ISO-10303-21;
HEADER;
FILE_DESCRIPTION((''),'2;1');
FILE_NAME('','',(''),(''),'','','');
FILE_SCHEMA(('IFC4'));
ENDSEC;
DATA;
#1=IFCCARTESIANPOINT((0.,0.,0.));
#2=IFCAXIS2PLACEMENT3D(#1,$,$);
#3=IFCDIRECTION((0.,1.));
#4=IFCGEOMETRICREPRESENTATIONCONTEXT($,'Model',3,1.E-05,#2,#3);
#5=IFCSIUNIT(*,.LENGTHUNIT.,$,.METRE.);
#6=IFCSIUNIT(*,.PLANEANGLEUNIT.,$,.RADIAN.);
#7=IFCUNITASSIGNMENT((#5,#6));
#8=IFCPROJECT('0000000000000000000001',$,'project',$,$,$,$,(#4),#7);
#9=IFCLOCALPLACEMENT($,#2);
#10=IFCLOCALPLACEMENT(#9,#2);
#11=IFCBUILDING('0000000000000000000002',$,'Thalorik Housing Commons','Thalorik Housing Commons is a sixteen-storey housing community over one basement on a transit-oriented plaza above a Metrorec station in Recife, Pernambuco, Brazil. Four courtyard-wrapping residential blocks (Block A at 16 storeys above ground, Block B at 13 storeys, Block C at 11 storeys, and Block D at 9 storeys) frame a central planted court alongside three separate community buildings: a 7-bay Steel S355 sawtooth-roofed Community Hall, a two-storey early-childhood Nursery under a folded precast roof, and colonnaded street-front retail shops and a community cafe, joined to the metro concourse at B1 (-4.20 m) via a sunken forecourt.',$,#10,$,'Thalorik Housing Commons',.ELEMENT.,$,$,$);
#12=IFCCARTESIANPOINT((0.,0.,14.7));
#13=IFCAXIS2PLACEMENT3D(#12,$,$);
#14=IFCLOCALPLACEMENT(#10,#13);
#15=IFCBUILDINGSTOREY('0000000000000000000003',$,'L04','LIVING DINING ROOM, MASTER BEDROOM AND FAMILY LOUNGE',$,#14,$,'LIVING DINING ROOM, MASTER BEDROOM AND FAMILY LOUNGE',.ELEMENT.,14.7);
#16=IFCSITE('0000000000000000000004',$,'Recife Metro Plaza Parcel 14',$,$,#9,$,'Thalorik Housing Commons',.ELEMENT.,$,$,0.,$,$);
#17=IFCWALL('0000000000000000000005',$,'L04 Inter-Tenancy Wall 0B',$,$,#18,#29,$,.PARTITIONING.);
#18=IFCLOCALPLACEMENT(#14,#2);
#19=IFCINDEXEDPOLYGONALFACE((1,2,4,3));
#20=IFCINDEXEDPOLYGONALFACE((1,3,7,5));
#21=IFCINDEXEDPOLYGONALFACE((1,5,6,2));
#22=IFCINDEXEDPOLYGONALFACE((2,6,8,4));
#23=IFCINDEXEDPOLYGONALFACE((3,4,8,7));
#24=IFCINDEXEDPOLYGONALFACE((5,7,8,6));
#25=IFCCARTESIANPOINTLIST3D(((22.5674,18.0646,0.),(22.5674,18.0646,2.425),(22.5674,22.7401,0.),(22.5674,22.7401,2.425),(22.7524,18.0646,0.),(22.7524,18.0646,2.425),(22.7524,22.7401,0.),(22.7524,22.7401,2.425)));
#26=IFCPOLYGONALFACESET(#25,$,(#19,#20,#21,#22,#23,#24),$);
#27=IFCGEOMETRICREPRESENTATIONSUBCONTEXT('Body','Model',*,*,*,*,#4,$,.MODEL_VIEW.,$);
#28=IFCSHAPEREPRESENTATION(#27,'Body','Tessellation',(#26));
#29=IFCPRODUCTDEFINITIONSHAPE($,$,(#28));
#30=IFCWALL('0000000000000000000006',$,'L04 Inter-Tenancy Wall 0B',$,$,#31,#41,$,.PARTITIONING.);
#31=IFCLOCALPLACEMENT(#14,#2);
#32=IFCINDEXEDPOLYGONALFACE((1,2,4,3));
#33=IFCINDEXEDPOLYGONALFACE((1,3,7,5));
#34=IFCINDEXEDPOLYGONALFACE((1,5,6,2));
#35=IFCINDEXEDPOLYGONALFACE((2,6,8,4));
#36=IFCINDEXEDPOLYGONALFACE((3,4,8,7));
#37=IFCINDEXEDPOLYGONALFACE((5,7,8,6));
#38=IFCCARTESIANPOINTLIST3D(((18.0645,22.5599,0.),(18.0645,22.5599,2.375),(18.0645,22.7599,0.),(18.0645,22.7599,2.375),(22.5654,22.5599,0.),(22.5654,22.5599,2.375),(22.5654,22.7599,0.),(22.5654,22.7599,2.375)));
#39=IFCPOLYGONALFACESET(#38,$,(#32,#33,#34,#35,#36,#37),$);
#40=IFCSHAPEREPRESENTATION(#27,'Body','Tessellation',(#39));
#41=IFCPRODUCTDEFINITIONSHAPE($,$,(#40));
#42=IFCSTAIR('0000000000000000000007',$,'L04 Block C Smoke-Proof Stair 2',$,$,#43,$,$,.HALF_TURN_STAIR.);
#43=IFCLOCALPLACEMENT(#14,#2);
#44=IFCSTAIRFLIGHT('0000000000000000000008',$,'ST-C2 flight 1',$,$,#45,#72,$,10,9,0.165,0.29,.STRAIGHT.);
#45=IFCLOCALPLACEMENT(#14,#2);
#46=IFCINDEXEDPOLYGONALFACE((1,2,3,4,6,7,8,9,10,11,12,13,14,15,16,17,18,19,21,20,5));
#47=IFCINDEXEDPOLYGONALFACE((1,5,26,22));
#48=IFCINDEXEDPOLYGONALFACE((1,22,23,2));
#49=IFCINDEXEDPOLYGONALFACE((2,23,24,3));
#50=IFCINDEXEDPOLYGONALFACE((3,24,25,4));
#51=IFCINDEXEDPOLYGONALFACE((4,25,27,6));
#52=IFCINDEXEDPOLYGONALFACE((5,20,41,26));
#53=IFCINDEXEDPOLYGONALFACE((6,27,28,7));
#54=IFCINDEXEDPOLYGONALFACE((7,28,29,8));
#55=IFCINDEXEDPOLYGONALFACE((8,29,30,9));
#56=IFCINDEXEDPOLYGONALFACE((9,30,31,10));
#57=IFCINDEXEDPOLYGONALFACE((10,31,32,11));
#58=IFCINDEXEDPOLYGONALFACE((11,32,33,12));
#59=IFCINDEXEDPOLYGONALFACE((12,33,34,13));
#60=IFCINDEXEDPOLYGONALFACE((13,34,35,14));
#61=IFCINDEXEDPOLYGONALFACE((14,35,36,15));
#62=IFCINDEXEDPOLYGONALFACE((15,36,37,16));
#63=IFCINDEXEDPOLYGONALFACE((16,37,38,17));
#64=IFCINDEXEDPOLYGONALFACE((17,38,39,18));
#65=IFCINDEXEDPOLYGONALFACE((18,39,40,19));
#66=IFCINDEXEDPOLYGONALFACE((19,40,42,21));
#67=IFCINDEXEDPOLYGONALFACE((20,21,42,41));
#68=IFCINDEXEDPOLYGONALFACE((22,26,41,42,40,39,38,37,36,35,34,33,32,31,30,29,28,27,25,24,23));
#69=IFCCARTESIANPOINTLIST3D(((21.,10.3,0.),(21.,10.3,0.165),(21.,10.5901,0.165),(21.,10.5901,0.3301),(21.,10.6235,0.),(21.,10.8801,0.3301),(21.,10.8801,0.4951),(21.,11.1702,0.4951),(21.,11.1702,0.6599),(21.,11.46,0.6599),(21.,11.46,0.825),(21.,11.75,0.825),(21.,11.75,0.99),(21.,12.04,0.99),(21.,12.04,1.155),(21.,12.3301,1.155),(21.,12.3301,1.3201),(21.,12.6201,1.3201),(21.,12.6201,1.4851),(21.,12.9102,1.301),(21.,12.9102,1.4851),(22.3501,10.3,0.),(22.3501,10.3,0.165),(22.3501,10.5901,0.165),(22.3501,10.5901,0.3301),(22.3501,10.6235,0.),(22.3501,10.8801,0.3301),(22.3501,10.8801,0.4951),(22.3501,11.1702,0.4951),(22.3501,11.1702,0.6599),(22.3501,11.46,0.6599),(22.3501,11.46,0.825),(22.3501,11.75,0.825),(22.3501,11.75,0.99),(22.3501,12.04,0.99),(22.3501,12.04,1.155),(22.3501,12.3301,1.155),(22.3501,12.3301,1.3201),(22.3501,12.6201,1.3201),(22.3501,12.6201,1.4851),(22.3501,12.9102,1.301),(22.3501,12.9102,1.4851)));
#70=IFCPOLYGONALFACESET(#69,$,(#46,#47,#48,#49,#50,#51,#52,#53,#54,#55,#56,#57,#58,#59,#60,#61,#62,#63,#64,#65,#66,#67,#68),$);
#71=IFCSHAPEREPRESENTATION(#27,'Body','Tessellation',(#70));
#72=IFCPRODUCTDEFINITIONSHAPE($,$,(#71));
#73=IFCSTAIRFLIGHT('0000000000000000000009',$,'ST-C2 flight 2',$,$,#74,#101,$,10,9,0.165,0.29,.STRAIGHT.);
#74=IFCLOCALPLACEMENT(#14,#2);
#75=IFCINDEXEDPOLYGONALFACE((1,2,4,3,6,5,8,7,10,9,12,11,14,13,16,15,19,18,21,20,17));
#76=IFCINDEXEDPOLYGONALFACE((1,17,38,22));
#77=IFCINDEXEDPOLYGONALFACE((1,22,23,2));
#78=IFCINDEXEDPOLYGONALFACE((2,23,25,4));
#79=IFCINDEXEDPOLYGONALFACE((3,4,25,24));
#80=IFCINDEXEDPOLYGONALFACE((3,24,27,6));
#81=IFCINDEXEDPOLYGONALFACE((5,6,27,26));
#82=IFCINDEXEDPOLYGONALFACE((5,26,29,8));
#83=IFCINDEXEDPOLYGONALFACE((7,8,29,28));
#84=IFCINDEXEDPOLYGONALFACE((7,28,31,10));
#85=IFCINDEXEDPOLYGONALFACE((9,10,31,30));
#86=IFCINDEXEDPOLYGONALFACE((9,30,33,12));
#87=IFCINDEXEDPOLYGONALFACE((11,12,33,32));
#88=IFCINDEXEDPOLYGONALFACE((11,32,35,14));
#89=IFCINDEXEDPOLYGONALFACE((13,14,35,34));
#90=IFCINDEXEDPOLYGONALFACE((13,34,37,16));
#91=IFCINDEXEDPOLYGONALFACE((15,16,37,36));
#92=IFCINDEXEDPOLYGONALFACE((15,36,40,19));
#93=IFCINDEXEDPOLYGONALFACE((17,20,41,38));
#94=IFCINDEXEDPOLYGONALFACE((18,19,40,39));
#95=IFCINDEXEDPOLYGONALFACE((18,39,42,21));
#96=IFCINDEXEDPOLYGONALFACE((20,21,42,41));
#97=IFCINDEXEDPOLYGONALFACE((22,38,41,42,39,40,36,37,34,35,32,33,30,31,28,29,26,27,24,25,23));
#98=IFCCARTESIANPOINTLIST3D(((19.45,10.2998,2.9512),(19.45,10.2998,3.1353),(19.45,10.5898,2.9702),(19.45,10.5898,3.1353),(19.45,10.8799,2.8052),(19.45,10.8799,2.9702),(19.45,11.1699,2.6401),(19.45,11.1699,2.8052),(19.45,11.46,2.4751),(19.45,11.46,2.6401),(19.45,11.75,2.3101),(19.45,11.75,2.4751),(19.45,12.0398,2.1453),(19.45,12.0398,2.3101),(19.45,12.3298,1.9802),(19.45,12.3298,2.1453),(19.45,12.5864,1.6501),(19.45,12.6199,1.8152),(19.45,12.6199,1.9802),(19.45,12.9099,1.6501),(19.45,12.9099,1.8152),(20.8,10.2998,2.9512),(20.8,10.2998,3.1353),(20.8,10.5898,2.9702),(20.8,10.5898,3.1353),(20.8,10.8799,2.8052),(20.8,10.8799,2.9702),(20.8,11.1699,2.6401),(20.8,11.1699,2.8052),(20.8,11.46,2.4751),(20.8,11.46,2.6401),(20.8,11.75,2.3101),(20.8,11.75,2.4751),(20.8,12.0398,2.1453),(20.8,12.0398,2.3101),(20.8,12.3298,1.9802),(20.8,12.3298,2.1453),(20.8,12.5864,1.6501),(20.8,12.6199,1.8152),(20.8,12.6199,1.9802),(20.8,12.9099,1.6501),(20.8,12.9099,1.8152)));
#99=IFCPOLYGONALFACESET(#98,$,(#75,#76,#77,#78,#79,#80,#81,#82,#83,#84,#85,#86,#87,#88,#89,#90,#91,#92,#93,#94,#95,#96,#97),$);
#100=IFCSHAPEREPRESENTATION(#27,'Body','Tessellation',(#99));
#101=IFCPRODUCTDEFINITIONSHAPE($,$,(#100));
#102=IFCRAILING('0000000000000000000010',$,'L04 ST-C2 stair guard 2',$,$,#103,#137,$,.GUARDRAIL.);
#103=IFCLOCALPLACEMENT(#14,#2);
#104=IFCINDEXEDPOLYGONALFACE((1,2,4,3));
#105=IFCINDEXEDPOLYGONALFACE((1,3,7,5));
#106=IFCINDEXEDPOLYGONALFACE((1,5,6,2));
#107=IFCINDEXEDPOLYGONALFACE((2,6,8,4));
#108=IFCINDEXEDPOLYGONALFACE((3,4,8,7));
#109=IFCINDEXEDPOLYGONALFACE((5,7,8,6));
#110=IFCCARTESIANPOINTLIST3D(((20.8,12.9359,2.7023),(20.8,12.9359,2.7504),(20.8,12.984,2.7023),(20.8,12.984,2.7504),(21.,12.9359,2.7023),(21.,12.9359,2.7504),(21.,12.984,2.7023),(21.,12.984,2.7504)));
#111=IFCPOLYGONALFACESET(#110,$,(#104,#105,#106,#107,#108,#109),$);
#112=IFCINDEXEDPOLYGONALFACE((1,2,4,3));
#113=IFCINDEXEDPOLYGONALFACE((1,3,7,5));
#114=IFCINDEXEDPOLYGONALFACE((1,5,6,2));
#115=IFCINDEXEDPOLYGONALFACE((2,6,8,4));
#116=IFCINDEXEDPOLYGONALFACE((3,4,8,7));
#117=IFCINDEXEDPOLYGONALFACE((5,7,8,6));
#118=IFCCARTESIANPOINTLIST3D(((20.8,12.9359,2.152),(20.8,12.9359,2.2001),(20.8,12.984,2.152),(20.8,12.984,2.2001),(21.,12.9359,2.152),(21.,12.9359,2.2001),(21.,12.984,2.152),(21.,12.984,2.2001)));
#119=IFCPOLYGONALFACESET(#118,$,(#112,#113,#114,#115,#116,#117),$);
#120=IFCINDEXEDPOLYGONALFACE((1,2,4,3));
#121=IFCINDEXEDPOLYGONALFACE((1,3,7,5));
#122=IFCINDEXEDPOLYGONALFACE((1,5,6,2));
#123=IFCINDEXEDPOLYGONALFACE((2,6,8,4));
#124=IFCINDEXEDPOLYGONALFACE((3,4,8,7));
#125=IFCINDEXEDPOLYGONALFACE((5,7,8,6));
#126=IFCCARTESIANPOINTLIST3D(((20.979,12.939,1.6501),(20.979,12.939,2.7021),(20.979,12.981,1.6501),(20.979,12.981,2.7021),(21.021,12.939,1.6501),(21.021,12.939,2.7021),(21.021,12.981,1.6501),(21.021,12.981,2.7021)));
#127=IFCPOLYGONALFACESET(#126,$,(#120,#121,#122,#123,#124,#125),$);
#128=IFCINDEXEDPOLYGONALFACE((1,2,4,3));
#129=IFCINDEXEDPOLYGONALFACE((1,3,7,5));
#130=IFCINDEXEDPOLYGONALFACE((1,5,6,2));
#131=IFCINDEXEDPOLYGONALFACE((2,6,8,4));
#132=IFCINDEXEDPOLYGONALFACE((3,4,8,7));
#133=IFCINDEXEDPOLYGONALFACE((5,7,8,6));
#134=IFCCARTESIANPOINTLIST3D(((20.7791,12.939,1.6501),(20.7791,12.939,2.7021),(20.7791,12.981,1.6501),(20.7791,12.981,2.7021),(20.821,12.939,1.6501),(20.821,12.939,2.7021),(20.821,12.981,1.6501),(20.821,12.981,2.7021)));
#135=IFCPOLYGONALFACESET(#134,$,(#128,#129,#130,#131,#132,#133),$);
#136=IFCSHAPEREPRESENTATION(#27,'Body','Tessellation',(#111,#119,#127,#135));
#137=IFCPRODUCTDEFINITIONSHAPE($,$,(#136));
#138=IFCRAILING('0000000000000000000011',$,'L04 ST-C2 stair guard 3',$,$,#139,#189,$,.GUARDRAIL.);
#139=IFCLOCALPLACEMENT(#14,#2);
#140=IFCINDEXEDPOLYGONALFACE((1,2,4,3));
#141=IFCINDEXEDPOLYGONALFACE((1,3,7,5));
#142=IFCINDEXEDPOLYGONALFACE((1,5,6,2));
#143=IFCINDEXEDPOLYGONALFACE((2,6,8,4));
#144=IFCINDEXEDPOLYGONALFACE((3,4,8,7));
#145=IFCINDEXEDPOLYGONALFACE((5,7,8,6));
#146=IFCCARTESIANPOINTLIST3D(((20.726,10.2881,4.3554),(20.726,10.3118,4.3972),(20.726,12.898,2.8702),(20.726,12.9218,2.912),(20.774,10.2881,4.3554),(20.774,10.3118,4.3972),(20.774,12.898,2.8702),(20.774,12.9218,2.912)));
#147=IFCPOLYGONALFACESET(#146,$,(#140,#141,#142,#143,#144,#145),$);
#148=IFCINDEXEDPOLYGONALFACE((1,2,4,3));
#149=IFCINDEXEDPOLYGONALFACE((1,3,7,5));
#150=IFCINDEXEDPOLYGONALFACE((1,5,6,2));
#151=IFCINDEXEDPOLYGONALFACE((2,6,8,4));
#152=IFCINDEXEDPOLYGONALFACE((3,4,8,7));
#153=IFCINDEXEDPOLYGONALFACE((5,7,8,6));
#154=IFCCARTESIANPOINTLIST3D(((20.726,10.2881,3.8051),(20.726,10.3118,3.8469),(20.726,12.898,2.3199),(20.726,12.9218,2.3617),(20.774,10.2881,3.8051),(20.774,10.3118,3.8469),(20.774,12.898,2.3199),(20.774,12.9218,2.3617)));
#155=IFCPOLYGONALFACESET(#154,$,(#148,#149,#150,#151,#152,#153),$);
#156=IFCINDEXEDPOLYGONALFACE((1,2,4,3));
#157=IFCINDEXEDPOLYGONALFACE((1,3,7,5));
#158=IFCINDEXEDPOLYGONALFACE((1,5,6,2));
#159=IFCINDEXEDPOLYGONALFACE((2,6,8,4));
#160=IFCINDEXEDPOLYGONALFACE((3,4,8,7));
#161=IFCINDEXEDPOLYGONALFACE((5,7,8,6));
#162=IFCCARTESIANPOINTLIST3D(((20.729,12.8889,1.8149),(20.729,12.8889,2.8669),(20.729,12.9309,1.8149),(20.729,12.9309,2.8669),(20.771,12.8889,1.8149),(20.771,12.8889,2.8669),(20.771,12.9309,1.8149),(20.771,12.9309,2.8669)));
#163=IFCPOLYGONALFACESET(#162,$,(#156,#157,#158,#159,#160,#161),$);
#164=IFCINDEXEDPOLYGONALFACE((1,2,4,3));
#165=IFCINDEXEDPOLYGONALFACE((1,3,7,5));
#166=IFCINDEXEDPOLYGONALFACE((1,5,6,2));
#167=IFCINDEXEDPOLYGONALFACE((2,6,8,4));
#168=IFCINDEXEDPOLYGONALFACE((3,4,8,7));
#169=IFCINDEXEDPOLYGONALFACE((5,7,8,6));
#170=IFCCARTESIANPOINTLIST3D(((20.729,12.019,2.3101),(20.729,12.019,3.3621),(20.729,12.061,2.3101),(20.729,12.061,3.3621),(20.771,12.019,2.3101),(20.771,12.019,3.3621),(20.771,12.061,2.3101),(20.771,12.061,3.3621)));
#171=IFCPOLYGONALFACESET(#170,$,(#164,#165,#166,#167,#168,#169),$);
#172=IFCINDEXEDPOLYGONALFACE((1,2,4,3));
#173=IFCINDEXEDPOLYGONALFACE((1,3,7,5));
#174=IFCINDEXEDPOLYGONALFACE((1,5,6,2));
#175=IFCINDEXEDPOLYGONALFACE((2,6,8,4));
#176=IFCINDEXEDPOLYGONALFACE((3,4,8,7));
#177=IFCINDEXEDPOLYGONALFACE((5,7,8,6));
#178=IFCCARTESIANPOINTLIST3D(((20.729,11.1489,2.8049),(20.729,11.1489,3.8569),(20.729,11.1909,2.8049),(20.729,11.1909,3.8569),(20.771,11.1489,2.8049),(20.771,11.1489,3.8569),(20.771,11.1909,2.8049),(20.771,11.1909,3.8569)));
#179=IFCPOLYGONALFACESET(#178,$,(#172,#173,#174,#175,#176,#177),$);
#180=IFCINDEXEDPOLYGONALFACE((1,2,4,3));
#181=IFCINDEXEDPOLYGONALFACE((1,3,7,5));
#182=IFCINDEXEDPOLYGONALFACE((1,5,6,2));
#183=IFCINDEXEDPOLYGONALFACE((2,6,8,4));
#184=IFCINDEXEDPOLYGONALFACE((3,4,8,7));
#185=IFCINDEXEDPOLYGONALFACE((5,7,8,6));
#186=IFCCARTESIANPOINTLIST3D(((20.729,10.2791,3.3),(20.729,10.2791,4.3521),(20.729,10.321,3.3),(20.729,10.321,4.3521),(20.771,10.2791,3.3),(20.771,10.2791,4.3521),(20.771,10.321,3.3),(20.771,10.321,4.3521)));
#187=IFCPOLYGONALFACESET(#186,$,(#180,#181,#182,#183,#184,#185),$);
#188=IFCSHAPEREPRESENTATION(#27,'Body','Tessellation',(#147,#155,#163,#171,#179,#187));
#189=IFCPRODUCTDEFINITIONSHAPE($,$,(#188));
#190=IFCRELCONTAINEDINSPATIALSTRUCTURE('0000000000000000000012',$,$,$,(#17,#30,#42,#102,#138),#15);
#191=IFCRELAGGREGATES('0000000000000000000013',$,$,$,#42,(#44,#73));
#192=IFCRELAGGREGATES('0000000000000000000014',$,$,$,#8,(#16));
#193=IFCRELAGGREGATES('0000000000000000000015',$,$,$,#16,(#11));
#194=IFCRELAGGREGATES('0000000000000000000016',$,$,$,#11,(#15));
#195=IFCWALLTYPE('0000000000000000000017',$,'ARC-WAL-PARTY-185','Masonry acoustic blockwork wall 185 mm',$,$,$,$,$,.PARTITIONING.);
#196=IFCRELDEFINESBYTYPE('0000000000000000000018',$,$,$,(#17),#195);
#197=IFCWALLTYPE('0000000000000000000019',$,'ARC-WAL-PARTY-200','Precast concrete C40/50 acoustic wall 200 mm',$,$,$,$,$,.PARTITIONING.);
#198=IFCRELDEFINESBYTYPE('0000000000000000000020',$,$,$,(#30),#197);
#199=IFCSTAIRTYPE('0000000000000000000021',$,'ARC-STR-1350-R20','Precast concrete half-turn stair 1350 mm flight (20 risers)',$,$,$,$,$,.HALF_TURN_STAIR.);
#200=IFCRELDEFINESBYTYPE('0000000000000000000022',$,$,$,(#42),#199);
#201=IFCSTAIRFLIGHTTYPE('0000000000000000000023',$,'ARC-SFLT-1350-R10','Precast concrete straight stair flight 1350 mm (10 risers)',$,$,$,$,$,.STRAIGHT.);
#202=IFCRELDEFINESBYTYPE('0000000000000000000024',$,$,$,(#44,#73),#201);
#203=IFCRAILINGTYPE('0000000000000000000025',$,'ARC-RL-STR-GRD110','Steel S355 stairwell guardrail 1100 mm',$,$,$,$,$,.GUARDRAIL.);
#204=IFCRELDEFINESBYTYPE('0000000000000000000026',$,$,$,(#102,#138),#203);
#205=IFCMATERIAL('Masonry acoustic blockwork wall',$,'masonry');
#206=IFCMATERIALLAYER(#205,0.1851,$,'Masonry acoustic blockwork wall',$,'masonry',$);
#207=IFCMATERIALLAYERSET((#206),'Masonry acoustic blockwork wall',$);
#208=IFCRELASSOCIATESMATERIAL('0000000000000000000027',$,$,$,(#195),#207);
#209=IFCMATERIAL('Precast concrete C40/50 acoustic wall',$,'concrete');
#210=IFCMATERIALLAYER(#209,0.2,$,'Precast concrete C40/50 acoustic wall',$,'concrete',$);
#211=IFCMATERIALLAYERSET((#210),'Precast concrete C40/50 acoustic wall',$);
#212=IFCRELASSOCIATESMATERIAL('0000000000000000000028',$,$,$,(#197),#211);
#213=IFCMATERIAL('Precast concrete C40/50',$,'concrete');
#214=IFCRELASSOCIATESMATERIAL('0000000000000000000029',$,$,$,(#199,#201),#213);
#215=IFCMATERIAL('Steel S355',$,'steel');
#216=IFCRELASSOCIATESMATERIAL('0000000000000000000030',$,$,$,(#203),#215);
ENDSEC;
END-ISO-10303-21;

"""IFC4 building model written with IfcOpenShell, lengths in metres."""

from ifc_helpers import new_model, si_unit, direction, frame, frame_2d, origin, origin_2d, place, context, subcontext, project, spatial, polyline, rectangle, outline, extrude, material, layer, layer_set, type_object, element, aggregate, save


model = new_model("IFC4")

# Units and contexts
model_context = context("Model", 3, precision=1e-05, world=origin(), true_north=direction((0.0, 1.0)))
body_context = subcontext(model_context, "Body", "Model", "MODEL_VIEW")
ifc_project = project(units=[si_unit("LENGTHUNIT", "METRE"), si_unit("PLANEANGLEUNIT", "RADIAN")], contexts=[model_context])

# Site, building, storey
site_placement = place(None, origin())
site = spatial("IfcSite", under=ifc_project, at=site_placement, Name="Recife Metro Plaza Parcel 14", LongName="Thalorik Housing Commons", CompositionType="ELEMENT", RefElevation=0.0)
building_placement = place(site_placement, origin())
building = spatial("IfcBuilding", under=site, at=building_placement, Name="Thalorik Housing Commons", Description="Thalorik Housing Commons is a sixteen-storey housing community over one basement on a transit-oriented plaza above a Metrorec station in Recife, Pernambuco, Brazil. Four courtyard-wrapping residential blocks (Block A at 16 storeys above ground, Block B at 13 storeys, Block C at 11 storeys, and Block D at 9 storeys) frame a central planted court alongside three separate community buildings: a 7-bay Steel S355 sawtooth-roofed Community Hall, a two-storey early-childhood Nursery under a folded precast roof, and colonnaded street-front retail shops and a community cafe, joined to the metro concourse at B1 (-4.20 m) via a sunken forecourt.", LongName="Thalorik Housing Commons", CompositionType="ELEMENT")
storey_placement = place(building_placement, frame((0.0, 0.0, 14.7)))
storey = spatial("IfcBuildingStorey", under=building, at=storey_placement, Name="L04", Description="LIVING DINING ROOM, MASTER BEDROOM AND FAMILY LOUNGE", LongName="LIVING DINING ROOM, MASTER BEDROOM AND FAMILY LOUNGE", CompositionType="ELEMENT", Elevation=14.7)

# Shared definitions
ifc_material_1 = material(Name="Precast concrete C40/50", Category="concrete")

# Shared definitions
ifc_material_2 = material(Name="Steel S355", Category="steel")

# Walls
ifc_material_3 = material(Name="Masonry acoustic blockwork wall", Category="masonry")
ifc_layer_1 = layer(ifc_material_3, 0.1851, Name="Masonry acoustic blockwork wall", Category="masonry")
ifc_layer_set_1 = layer_set([ifc_layer_1], Name="Masonry acoustic blockwork wall")
wall_type_1 = type_object("IfcWallType", Name="ARC-WAL-PARTY-185", Description="Masonry acoustic blockwork wall 185 mm", PredefinedType="PARTITIONING", material=ifc_layer_set_1)
wall_1_placement = place(storey_placement, frame((22.6599, 18.0645, 0.0), z_axis=(0.0, 0.0, 1.0), x_axis=(0.0, 1.0, 0.0)))
element("IfcWall", 1, at=wall_1_placement, inside=storey, type_object=wall_type_1, Name="L04 Inter-Tenancy Wall 0B", PredefinedType="PARTITIONING", context=body_context, shape_type="SweptSolid", body=[
    extrude(rectangle(XDim=4.6755, YDim=0.1851, at=frame_2d((2.3379, 0.0))), origin(), (0.0, 0.0, 1.0), 2.425),
])
ifc_material_4 = material(Name="Precast concrete C40/50 acoustic wall", Category="concrete")
ifc_layer_2 = layer(ifc_material_4, 0.2, Name="Precast concrete C40/50 acoustic wall", Category="concrete")
ifc_layer_set_2 = layer_set([ifc_layer_2], Name="Precast concrete C40/50 acoustic wall")
wall_type_2 = type_object("IfcWallType", Name="ARC-WAL-PARTY-200", Description="Precast concrete C40/50 acoustic wall 200 mm", PredefinedType="PARTITIONING", material=ifc_layer_set_2)
wall_2_placement = place(storey_placement, frame((18.0645, 22.6599, 0.0), z_axis=(0.0, 0.0, 1.0), x_axis=(1.0, 0.0, 0.0)))
element("IfcWall", 2, at=wall_2_placement, inside=storey, type_object=wall_type_2, Name="L04 Inter-Tenancy Wall 0B", PredefinedType="PARTITIONING", context=body_context, shape_type="SweptSolid", body=[
    extrude(rectangle(XDim=4.501, YDim=0.2, at=frame_2d((2.2505, 0.0))), origin(), (0.0, 0.0, 1.0), 2.375),
])

# Stair, stair flights
stair_type = type_object("IfcStairType", Name="ARC-STR-1350-R20", Description="Precast concrete half-turn stair 1350 mm flight (20 risers)", PredefinedType="HALF_TURN_STAIR", material=ifc_material_1)
stair_placement = place(storey_placement, origin())
stair = element("IfcStair", 3, at=stair_placement, inside=storey, type_object=stair_type, Name="L04 Block C Smoke-Proof Stair 2", PredefinedType="HALF_TURN_STAIR")
stair_flight_type = type_object("IfcStairFlightType", Name="ARC-SFLT-1350-R10", Description="Precast concrete straight stair flight 1350 mm (10 risers)", PredefinedType="STRAIGHT", material=ifc_material_1)
stair_flight_1_placement = place(storey_placement, frame((21.675, 10.3, 0.0), z_axis=(0.0, 0.0, 1.0), x_axis=(0.0, 1.0, 0.0)))
stair_flight_1 = element("IfcStairFlight", 4, at=stair_flight_1_placement, type_object=stair_flight_type, Name="ST-C2 flight 1", NumberOfRisers=10, NumberOfTreads=9, PredefinedType="STRAIGHT", RiserHeight=0.165, TreadLength=0.29, context=body_context, shape_type="SweptSolid", body=[
    extrude(outline(polyline([(0.0, 0.0), (0.0, 0.165), (0.29, 0.165), (0.29, 0.3301), (0.5801, 0.3301), (0.5801, 0.4951), (0.8701, 0.4951), (0.8701, 0.6599), (1.1599, 0.6599), (1.1599, 0.825), (1.45, 0.825), (1.45, 0.99), (1.74, 0.99), (1.74, 1.155), (2.03, 1.155), (2.03, 1.3201), (2.3201, 1.3201), (2.3201, 1.4851), (2.6101, 1.4851), (2.6101, 1.6499), (2.6101, 1.301), (0.3235, 0.0), (0.0, 0.0)])), frame((0.0, 0.675, 0.0), z_axis=(0.0, -1.0, 0.0), x_axis=(1.0, 0.0, 0.0)), (0.0, 0.0, 1.0), 1.3501),
])
stair_flight_2_placement = place(storey_placement, frame((20.125, 12.9099, 1.6501), z_axis=(0.0, 0.0, 1.0), x_axis=(0.0, -1.0, 0.0)))
stair_flight_2 = element("IfcStairFlight", 5, at=stair_flight_2_placement, type_object=stair_flight_type, Name="ST-C2 flight 2", NumberOfRisers=10, NumberOfTreads=9, PredefinedType="STRAIGHT", RiserHeight=0.165, TreadLength=0.29, context=body_context, shape_type="SweptSolid", body=[
    extrude(outline(polyline([(0.0, 0.0), (0.0, 0.165), (0.29, 0.165), (0.29, 0.3301), (0.5801, 0.3301), (0.5801, 0.4951), (0.8701, 0.4951), (0.8701, 0.6599), (1.1599, 0.6599), (1.1599, 0.825), (1.45, 0.825), (1.45, 0.99), (1.74, 0.99), (1.74, 1.155), (2.03, 1.155), (2.03, 1.3201), (2.3201, 1.3201), (2.3201, 1.4851), (2.6101, 1.4851), (2.6101, 1.6499), (2.6101, 1.301), (0.3235, 0.0), (0.0, 0.0)])), frame((0.0, 0.675, 0.0), z_axis=(0.0, -1.0, 0.0), x_axis=(1.0, 0.0, 0.0)), (0.0, 0.0, 1.0), 1.3501),
])
aggregate(stair, [stair_flight_1, stair_flight_2])

# Railings
railing_type_1 = type_object("IfcRailingType", Name="ARC-RL-STR-GRD110", Description="Steel S355 stairwell guardrail 1100 mm", PredefinedType="GUARDRAIL", material=ifc_material_2)
railing_1_placement = place(storey_placement, frame((21.0, 12.96, 1.6501)))
element("IfcRailing", 6, at=railing_1_placement, inside=storey, type_object=railing_type_1, Name="L04 ST-C2 stair guard 2", PredefinedType="GUARDRAIL", context=body_context, shape_type="SweptSolid", body=[
    extrude(rectangle(XDim=0.0481, YDim=0.0481, at=origin_2d()), frame((0.0, 0.0, 1.0762), z_axis=(-1.0, 0.0, 0.0), x_axis=(0.0, -1.0, 0.0)), (0.0, 0.0, 1.0), 0.2),
    extrude(rectangle(XDim=0.0481, YDim=0.0481, at=origin_2d()), frame((0.0, 0.0, 0.5259), z_axis=(-1.0, 0.0, 0.0), x_axis=(0.0, -1.0, 0.0)), (0.0, 0.0, 1.0), 0.2),
    extrude(rectangle(XDim=0.042, YDim=0.042, at=origin_2d()), origin(), (0.0, 0.0, 1.0), 1.052),
    extrude(rectangle(XDim=0.042, YDim=0.042, at=origin_2d()), frame((-0.2, 0.0, 0.0)), (0.0, 0.0, 1.0), 1.052),
])
railing_2_placement = place(storey_placement, frame((20.75, 12.9099, 1.8149)))
element("IfcRailing", 7, at=railing_2_placement, inside=storey, type_object=railing_type_1, Name="L04 ST-C2 stair guard 3", PredefinedType="GUARDRAIL", context=body_context, shape_type="SweptSolid", body=[
    extrude(rectangle(XDim=0.0481, YDim=0.0481, at=origin_2d()), frame((0.0, 0.0, 1.0762), z_axis=(0.0, -0.869137, 0.494571), x_axis=(1.0, 0.0, 0.0)), (0.0, 0.0, 1.0), 3.0029),
    extrude(rectangle(XDim=0.0481, YDim=0.0481, at=origin_2d()), frame((0.0, 0.0, 0.5259), z_axis=(0.0, -0.869137, 0.494571), x_axis=(1.0, 0.0, 0.0)), (0.0, 0.0, 1.0), 3.0029),
    extrude(rectangle(XDim=0.042, YDim=0.042, at=origin_2d()), origin(), (0.0, 0.0, 1.0), 1.052),
    extrude(rectangle(XDim=0.042, YDim=0.042, at=origin_2d()), frame((0.0, -0.8699, 0.4951)), (0.0, 0.0, 1.0), 1.052),
    extrude(rectangle(XDim=0.042, YDim=0.042, at=origin_2d()), frame((0.0, -1.74, 0.99)), (0.0, 0.0, 1.0), 1.052),
    extrude(rectangle(XDim=0.042, YDim=0.042, at=origin_2d()), frame((0.0, -2.6099, 1.4851)), (0.0, 0.0, 1.0), 1.052),
])

save(model, "model.ifc")
